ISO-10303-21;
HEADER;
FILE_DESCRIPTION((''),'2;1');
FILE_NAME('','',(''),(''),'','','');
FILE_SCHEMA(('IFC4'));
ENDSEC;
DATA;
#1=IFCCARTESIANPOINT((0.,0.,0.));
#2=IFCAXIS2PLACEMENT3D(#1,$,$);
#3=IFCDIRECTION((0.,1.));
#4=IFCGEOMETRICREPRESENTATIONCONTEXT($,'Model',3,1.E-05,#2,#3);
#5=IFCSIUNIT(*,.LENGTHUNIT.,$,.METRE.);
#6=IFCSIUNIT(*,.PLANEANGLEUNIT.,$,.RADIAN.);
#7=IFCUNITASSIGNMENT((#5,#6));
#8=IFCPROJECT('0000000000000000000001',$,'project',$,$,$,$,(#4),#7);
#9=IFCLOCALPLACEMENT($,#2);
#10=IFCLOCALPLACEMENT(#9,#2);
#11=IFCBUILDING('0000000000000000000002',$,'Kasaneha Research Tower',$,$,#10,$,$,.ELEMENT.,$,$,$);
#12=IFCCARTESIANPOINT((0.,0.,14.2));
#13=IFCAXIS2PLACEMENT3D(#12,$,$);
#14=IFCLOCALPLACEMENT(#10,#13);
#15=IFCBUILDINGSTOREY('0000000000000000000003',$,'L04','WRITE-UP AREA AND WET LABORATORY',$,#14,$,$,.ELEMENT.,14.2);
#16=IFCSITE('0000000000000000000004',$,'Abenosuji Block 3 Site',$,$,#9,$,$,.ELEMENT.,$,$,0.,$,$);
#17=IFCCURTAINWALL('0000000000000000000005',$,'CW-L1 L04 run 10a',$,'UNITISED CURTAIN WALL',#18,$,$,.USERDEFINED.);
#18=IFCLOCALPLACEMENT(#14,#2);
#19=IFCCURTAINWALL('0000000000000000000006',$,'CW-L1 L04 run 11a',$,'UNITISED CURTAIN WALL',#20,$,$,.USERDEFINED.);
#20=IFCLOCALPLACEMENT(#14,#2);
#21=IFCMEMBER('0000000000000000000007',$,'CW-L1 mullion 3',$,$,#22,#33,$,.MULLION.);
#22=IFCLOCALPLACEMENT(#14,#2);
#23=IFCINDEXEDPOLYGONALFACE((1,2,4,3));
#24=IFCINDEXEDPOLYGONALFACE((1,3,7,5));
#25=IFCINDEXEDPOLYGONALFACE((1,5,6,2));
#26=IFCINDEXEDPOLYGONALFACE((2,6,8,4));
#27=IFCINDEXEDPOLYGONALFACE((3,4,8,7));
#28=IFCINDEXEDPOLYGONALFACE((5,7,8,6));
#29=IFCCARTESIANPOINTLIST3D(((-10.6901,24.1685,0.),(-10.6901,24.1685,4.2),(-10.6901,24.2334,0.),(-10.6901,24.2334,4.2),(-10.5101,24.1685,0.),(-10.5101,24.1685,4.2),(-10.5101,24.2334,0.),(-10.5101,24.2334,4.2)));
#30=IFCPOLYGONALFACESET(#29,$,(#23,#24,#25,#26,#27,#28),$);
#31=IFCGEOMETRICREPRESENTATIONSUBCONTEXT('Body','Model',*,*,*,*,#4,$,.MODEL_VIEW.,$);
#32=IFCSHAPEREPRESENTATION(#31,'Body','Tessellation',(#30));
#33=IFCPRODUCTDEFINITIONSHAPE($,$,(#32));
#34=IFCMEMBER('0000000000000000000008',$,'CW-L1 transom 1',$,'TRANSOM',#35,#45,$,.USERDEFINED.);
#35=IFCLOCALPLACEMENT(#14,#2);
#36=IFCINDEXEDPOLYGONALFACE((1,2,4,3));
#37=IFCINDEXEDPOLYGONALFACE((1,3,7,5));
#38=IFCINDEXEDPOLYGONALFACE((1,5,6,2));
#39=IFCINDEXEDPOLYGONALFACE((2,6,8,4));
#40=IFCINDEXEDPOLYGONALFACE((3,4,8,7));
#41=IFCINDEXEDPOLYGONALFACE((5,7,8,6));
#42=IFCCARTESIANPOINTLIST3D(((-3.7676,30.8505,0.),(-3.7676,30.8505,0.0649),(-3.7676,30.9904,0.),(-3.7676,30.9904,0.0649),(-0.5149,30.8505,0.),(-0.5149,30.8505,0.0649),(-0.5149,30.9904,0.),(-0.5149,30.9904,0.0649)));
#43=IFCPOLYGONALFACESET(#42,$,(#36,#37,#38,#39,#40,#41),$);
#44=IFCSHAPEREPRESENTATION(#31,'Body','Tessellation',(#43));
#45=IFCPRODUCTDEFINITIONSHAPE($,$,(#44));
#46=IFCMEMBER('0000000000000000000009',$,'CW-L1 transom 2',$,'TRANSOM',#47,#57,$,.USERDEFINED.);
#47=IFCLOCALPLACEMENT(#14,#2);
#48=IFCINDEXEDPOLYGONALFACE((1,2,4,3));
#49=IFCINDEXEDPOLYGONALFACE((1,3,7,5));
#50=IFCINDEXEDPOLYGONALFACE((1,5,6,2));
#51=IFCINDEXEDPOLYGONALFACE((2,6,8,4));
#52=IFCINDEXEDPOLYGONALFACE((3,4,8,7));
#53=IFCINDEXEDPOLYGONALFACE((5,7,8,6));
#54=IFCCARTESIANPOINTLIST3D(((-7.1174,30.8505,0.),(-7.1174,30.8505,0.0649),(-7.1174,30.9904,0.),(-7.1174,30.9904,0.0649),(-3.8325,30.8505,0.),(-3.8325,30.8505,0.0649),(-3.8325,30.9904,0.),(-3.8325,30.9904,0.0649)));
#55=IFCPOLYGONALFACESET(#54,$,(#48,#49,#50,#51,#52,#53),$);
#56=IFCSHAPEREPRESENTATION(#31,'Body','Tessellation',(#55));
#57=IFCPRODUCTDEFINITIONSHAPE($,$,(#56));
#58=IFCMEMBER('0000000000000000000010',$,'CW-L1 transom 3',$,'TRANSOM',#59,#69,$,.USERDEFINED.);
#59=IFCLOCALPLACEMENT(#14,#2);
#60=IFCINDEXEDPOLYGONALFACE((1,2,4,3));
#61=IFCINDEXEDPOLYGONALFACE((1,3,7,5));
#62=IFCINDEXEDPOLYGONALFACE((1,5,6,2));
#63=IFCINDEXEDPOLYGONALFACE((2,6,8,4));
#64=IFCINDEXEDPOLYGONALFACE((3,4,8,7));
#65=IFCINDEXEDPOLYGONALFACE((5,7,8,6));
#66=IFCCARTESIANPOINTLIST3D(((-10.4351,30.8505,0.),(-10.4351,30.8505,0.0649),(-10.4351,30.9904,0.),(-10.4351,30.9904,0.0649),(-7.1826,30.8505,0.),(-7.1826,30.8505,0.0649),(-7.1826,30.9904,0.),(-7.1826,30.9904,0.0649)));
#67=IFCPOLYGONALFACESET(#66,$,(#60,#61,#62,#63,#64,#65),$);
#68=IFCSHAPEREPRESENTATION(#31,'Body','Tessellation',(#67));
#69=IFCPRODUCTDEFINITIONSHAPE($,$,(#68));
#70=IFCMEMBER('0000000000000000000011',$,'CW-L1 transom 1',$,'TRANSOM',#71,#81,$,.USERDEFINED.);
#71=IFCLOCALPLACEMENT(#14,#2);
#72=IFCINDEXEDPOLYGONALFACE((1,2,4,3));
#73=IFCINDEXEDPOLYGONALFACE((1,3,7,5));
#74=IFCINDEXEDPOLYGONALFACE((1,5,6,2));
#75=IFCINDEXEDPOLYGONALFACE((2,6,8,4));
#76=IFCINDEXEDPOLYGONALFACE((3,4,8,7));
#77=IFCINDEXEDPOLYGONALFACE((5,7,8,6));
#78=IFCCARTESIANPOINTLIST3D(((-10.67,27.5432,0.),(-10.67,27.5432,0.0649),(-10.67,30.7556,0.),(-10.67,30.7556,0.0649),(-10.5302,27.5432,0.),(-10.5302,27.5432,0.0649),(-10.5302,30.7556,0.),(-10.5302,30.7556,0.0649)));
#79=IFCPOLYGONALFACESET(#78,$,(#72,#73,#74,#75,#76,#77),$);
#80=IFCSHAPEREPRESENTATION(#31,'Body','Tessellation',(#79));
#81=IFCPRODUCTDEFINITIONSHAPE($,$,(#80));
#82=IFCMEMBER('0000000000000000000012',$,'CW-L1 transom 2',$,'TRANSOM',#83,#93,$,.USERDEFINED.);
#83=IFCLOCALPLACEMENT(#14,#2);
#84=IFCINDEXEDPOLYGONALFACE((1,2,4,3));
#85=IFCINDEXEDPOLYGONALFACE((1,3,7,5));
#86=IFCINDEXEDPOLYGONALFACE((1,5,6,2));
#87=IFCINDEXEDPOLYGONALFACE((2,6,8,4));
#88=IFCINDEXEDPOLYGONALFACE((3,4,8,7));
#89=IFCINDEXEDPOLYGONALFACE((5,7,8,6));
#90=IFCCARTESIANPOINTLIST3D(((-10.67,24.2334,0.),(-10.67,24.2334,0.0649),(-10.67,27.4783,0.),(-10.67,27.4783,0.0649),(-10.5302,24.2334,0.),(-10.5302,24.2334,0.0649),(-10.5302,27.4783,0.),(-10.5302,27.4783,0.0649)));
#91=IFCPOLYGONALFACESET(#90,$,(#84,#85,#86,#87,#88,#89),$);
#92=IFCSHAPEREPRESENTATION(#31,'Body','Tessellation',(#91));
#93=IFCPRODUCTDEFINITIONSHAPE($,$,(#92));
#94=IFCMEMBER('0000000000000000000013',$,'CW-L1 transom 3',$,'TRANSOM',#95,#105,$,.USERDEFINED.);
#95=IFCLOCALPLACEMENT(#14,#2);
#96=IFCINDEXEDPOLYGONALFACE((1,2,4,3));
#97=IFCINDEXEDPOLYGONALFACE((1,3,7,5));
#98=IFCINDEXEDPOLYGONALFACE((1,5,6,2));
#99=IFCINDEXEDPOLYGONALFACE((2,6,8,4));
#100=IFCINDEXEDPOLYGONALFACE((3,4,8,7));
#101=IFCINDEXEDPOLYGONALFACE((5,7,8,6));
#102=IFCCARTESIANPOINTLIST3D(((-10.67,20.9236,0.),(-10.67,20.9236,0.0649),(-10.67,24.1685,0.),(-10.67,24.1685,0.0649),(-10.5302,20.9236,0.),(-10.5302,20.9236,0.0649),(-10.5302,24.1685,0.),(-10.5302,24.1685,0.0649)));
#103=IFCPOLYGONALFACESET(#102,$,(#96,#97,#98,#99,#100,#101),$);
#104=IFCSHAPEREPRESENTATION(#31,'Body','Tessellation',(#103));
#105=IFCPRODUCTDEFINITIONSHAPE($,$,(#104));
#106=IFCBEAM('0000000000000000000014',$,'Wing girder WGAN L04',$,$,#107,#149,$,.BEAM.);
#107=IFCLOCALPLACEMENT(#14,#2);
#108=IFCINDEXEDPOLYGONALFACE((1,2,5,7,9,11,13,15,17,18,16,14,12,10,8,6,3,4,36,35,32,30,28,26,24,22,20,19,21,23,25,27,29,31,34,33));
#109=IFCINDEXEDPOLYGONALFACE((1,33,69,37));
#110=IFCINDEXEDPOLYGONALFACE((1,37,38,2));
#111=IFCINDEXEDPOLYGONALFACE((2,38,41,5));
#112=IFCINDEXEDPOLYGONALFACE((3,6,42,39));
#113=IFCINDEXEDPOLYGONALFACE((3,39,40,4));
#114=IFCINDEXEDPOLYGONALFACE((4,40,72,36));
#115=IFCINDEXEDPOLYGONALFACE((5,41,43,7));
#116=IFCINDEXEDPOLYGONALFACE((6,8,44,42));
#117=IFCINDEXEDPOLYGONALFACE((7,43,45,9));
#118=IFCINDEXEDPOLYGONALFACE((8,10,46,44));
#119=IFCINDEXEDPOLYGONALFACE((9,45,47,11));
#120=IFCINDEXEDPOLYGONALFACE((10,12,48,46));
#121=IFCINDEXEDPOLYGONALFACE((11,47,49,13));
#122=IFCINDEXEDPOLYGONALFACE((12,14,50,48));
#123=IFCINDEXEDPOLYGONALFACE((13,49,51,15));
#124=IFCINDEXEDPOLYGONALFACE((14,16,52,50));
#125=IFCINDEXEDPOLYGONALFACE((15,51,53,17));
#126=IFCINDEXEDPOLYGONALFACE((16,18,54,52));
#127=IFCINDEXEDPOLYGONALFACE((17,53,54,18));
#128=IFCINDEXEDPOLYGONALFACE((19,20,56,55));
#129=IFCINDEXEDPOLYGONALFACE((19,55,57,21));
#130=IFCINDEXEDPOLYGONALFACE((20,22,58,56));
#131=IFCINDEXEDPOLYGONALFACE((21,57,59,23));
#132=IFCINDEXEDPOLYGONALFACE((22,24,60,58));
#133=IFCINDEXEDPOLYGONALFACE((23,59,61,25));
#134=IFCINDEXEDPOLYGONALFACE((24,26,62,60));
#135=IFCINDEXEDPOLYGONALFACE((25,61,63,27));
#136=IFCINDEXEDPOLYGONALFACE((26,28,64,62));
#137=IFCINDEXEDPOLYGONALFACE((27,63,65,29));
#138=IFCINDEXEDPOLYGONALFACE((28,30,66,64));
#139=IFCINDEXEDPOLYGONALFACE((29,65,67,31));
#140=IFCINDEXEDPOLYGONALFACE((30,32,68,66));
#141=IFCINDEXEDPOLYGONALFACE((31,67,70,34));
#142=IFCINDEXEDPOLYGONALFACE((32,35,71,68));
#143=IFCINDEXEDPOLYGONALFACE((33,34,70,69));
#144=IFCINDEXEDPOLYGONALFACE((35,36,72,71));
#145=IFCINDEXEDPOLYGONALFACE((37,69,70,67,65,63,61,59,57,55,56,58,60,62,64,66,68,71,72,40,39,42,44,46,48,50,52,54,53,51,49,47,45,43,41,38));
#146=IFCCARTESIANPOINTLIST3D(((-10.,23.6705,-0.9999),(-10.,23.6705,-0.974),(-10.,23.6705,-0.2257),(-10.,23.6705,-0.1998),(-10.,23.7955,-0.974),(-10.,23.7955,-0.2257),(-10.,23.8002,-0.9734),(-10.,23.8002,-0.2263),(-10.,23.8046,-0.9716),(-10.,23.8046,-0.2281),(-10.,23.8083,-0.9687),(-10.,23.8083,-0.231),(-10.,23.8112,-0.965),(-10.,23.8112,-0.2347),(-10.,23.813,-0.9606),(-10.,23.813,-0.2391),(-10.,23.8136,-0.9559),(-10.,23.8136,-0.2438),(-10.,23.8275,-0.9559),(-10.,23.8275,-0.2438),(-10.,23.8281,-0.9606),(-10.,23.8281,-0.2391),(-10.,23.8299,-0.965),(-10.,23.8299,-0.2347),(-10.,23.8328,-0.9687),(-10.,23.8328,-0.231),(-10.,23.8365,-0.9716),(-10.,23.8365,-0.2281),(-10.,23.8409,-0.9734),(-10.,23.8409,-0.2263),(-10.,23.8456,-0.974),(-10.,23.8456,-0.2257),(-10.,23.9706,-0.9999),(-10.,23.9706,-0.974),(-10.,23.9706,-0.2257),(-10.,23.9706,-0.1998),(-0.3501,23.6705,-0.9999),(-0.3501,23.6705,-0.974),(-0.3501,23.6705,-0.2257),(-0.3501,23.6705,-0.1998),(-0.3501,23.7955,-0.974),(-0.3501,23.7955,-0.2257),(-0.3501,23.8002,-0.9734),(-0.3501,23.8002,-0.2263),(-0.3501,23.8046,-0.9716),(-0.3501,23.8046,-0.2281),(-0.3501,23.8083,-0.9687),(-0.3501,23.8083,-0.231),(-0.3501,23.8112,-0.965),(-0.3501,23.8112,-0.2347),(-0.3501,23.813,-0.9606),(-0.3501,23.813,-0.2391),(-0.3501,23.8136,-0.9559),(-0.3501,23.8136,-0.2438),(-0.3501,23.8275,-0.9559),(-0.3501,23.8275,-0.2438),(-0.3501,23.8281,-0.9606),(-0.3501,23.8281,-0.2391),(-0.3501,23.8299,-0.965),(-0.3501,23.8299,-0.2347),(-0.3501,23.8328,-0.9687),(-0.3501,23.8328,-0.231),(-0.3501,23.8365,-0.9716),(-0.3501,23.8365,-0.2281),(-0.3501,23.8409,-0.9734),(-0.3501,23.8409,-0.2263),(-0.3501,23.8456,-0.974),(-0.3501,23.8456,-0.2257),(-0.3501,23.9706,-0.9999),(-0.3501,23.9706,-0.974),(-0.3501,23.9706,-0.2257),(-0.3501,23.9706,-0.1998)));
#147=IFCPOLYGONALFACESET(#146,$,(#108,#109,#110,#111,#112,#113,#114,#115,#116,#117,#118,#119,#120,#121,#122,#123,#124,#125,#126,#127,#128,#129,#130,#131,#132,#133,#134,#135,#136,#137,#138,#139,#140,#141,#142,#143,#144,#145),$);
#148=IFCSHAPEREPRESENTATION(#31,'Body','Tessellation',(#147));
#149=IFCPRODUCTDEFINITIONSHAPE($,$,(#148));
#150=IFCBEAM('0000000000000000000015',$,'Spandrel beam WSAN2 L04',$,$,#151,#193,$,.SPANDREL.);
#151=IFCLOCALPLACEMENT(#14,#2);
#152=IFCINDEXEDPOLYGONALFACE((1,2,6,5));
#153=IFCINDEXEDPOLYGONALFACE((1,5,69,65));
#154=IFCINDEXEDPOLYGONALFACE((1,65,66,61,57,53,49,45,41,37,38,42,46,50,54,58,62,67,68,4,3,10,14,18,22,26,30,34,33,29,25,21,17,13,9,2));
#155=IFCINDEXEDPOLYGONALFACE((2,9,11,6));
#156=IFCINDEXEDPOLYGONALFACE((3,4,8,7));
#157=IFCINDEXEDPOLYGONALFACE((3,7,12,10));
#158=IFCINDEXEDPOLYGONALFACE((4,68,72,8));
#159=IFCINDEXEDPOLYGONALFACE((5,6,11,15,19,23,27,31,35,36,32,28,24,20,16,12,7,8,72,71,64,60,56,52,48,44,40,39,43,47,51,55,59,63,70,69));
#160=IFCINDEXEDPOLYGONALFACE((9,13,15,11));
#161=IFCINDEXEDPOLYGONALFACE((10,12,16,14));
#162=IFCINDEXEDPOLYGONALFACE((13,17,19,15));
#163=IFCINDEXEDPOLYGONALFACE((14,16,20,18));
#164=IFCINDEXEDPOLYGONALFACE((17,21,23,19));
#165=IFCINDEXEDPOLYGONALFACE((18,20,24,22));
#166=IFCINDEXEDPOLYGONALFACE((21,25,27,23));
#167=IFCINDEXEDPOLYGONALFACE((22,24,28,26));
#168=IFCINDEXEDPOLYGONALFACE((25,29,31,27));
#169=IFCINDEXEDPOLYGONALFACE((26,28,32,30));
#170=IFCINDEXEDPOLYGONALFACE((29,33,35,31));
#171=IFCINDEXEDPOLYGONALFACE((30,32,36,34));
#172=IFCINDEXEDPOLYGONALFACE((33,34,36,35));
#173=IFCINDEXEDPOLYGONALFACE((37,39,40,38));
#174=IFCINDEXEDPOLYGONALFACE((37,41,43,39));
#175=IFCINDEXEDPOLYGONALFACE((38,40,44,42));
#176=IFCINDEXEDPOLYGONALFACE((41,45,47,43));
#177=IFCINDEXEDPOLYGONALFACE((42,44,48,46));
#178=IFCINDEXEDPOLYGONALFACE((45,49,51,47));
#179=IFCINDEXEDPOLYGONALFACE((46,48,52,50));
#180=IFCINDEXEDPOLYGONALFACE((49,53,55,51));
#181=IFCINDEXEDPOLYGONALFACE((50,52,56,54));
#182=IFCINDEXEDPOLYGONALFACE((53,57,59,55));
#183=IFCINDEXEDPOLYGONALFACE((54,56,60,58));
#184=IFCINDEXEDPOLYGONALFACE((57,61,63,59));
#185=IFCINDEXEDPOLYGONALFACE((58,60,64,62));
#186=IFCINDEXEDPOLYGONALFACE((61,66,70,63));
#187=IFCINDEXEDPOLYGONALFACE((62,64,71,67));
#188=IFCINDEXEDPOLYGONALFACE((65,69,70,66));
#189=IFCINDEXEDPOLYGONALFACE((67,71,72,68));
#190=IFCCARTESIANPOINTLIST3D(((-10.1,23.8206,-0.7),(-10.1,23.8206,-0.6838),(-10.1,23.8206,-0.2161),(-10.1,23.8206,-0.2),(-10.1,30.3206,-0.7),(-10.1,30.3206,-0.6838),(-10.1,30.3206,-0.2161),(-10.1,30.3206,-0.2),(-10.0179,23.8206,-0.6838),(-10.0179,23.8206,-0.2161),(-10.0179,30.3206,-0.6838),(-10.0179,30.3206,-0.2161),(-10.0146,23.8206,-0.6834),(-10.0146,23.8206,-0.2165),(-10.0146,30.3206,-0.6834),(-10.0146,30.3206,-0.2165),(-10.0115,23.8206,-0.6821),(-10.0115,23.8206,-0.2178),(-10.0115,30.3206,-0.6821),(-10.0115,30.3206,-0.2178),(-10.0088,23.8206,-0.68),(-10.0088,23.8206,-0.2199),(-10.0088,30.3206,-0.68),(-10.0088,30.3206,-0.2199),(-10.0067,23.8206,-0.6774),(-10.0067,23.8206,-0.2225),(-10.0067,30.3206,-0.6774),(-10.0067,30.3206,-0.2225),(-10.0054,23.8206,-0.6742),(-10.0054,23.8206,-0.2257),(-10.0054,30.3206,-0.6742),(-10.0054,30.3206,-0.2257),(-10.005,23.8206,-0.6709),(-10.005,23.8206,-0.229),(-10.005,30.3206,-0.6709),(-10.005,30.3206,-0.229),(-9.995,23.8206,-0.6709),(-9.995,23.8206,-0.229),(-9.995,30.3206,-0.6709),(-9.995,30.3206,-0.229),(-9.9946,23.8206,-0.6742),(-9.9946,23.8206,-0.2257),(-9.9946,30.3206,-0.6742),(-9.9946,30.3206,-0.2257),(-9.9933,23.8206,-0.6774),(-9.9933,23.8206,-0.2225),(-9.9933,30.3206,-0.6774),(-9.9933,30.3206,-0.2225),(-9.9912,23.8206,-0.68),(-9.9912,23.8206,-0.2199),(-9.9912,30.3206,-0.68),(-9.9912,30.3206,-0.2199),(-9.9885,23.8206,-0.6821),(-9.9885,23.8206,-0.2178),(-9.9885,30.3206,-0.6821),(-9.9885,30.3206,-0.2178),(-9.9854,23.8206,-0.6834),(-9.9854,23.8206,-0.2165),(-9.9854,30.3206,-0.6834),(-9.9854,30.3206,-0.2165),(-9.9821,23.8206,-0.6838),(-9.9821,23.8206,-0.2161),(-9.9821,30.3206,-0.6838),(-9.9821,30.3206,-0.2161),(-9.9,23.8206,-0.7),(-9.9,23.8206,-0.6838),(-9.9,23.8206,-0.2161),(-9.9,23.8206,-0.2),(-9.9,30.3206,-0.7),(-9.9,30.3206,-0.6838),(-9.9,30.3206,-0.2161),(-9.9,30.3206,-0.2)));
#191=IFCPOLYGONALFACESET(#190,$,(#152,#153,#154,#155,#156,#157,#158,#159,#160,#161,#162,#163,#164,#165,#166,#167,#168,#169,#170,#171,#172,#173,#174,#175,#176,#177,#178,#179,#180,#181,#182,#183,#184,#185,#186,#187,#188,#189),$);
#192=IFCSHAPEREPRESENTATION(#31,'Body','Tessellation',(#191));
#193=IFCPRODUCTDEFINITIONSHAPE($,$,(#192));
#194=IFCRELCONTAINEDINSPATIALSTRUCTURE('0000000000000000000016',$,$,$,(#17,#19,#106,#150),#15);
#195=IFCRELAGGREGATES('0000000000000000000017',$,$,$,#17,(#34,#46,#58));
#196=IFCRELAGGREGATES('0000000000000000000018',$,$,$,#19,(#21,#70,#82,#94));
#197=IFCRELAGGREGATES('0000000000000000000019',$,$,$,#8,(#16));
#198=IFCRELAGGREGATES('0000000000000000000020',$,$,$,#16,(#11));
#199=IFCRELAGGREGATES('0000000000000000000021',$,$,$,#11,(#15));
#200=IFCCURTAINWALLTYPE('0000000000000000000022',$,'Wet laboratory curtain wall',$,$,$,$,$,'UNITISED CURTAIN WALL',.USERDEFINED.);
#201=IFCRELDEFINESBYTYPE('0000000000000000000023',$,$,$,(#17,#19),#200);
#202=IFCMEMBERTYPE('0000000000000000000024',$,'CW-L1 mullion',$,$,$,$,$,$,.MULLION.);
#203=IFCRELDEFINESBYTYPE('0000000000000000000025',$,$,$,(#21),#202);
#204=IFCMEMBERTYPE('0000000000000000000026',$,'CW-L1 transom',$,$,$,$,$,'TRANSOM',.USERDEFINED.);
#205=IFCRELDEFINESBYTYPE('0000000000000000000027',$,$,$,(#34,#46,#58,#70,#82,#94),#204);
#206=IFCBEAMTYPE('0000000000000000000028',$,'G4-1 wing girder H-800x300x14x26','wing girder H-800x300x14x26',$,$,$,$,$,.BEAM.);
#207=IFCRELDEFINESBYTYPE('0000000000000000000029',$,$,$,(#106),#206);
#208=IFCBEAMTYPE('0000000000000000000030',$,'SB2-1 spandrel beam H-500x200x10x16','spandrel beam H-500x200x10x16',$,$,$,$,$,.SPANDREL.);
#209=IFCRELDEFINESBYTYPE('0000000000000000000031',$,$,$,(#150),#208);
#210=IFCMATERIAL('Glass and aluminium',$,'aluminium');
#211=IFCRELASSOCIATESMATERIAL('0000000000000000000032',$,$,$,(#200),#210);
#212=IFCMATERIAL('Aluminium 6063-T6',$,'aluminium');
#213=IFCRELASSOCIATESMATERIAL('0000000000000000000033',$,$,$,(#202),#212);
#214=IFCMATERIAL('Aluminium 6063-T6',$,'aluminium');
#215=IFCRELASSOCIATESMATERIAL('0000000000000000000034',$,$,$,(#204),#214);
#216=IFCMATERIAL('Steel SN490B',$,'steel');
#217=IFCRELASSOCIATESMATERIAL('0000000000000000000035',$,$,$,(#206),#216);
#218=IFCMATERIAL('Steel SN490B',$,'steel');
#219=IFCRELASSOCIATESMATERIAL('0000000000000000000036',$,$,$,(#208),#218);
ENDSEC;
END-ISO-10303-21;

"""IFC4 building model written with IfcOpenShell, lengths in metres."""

from ifc_helpers import new_model, si_unit, direction, frame, origin, origin_2d, place, context, subcontext, project, spatial, rectangle, i_section, extrude, material, material_profile, profile_set, type_object, element, aggregate, save


model = new_model("IFC4")

# Units and contexts
model_context = context("Model", 3, precision=1e-05, world=origin(), true_north=direction((0.0, 1.0)))
body_context = subcontext(model_context, "Body", "Model", "MODEL_VIEW")
ifc_project = project(units=[si_unit("LENGTHUNIT", "METRE"), si_unit("PLANEANGLEUNIT", "RADIAN")], contexts=[model_context])

# Site, building, storey
site_placement = place(None, origin())
site = spatial("IfcSite", under=ifc_project, at=site_placement, Name="Abenosuji Block 3 Site", CompositionType="ELEMENT", RefElevation=0.0)
building_placement = place(site_placement, origin())
building = spatial("IfcBuilding", under=site, at=building_placement, Name="Kasaneha Research Tower", CompositionType="ELEMENT")
storey_placement = place(building_placement, frame((0.0, 0.0, 14.2)))
storey = spatial("IfcBuildingStorey", under=building, at=storey_placement, Name="L04", Description="WRITE-UP AREA AND WET LABORATORY", CompositionType="ELEMENT", Elevation=14.2)

# Curtain walls, member
ifc_material_1 = material(Name="Glass and aluminium", Category="aluminium")
curtain_wall_type = type_object("IfcCurtainWallType", Name="Wet laboratory curtain wall", ElementType="UNITISED CURTAIN WALL", PredefinedType="USERDEFINED", material=ifc_material_1)
curtain_wall_1_placement = place(storey_placement, origin())
curtain_wall_1 = element("IfcCurtainWall", 1, at=curtain_wall_1_placement, inside=storey, type_object=curtain_wall_type, Name="CW-L1 L04 run 10a", ObjectType="UNITISED CURTAIN WALL", PredefinedType="USERDEFINED")
ifc_material_2 = material(Name="Aluminium 6063-T6", Category="aluminium")
ifc_material_profile_1 = material_profile(ifc_material_2, rectangle(XDim=0.0649, YDim=0.1799, at=origin_2d()), Name="CW-L1 mullion 65x180")
ifc_profile_set_1 = profile_set([ifc_material_profile_1], Name="Aluminium 6063-T6")
member_type_1 = type_object("IfcMemberType", Name="CW-L1 mullion", PredefinedType="MULLION", material=ifc_profile_set_1)
curtain_wall_2_placement = place(storey_placement, origin())
curtain_wall_2 = element("IfcCurtainWall", 2, at=curtain_wall_2_placement, inside=storey, type_object=curtain_wall_type, Name="CW-L1 L04 run 11a", ObjectType="UNITISED CURTAIN WALL", PredefinedType="USERDEFINED")
member_1_placement = place(storey_placement, frame((-10.6001, 24.2009, 0.0), z_axis=(0.0, 0.0, 1.0), x_axis=(0.0, -1.0, 0.0)))
member_1 = element("IfcMember", 3, at=member_1_placement, type_object=member_type_1, Name="CW-L1 mullion 3", PredefinedType="MULLION", context=body_context, shape_type="SweptSolid", body=[
    extrude(rectangle(XDim=0.0649, YDim=0.1799, at=origin_2d()), origin(), (0.0, 0.0, 1.0), 4.2),
])

# Members
ifc_material_3 = material(Name="Aluminium 6063-T6", Category="aluminium")
ifc_material_profile_2 = material_profile(ifc_material_3, rectangle(XDim=0.1399, YDim=0.0649, at=origin_2d()), Name="CW-L1 transom 140x65")
ifc_profile_set_2 = profile_set([ifc_material_profile_2], Name="Aluminium 6063-T6")
member_type_2 = type_object("IfcMemberType", Name="CW-L1 transom", ElementType="TRANSOM", PredefinedType="USERDEFINED", material=ifc_profile_set_2)
member_2_placement = place(storey_placement, frame((-0.5149, 30.9204, 0.0325), z_axis=(-1.0, 0.0, 0.0), x_axis=(0.0, -1.0, 0.0)))
member_2 = element("IfcMember", 4, at=member_2_placement, type_object=member_type_2, Name="CW-L1 transom 1", ObjectType="TRANSOM", PredefinedType="USERDEFINED", context=body_context, shape_type="SweptSolid", body=[
    extrude(rectangle(XDim=0.1399, YDim=0.0649, at=origin_2d()), origin(), (0.0, 0.0, 1.0), 3.2527),
])
member_3_placement = place(storey_placement, frame((-3.8325, 30.9204, 0.0325), z_axis=(-1.0, 0.0, 0.0), x_axis=(0.0, -1.0, 0.0)))
member_3 = element("IfcMember", 5, at=member_3_placement, type_object=member_type_2, Name="CW-L1 transom 2", ObjectType="TRANSOM", PredefinedType="USERDEFINED", context=body_context, shape_type="SweptSolid", body=[
    extrude(rectangle(XDim=0.1399, YDim=0.0649, at=origin_2d()), origin(), (0.0, 0.0, 1.0), 3.2849),
])
member_4_placement = place(storey_placement, frame((-7.1826, 30.9204, 0.0325), z_axis=(-1.0, 0.0, 0.0), x_axis=(0.0, -1.0, 0.0)))
member_4 = element("IfcMember", 6, at=member_4_placement, type_object=member_type_2, Name="CW-L1 transom 3", ObjectType="TRANSOM", PredefinedType="USERDEFINED", context=body_context, shape_type="SweptSolid", body=[
    extrude(rectangle(XDim=0.1399, YDim=0.0649, at=origin_2d()), origin(), (0.0, 0.0, 1.0), 3.2524),
])
member_5_placement = place(storey_placement, frame((-10.6001, 30.7556, 0.0325), z_axis=(0.0, -1.0, 0.0), x_axis=(1.0, 0.0, 0.0)))
member_5 = element("IfcMember", 7, at=member_5_placement, type_object=member_type_2, Name="CW-L1 transom 1", ObjectType="TRANSOM", PredefinedType="USERDEFINED", context=body_context, shape_type="SweptSolid", body=[
    extrude(rectangle(XDim=0.1399, YDim=0.0649, at=origin_2d()), origin(), (0.0, 0.0, 1.0), 3.2124),
])
member_6_placement = place(storey_placement, frame((-10.6001, 27.4783, 0.0325), z_axis=(0.0, -1.0, 0.0), x_axis=(1.0, 0.0, 0.0)))
member_6 = element("IfcMember", 8, at=member_6_placement, type_object=member_type_2, Name="CW-L1 transom 2", ObjectType="TRANSOM", PredefinedType="USERDEFINED", context=body_context, shape_type="SweptSolid", body=[
    extrude(rectangle(XDim=0.1399, YDim=0.0649, at=origin_2d()), origin(), (0.0, 0.0, 1.0), 3.2449),
])
member_7_placement = place(storey_placement, frame((-10.6001, 24.1685, 0.0325), z_axis=(0.0, -1.0, 0.0), x_axis=(1.0, 0.0, 0.0)))
member_7 = element("IfcMember", 9, at=member_7_placement, type_object=member_type_2, Name="CW-L1 transom 3", ObjectType="TRANSOM", PredefinedType="USERDEFINED", context=body_context, shape_type="SweptSolid", body=[
    extrude(rectangle(XDim=0.1399, YDim=0.0649, at=origin_2d()), origin(), (0.0, 0.0, 1.0), 3.2449),
])

# Beams
ifc_material_4 = material(Name="Steel SN490B", Category="steel")
ifc_material_profile_3 = material_profile(ifc_material_4, i_section(OverallWidth=0.3, OverallDepth=0.8, WebThickness=0.0139, FlangeThickness=0.0259, FilletRadius=0.0181, at=origin_2d()), Name="H-800x300x14x26")
ifc_profile_set_3 = profile_set([ifc_material_profile_3], Name="Steel SN490B")
beam_type_1 = type_object("IfcBeamType", Name="G4-1 wing girder H-800x300x14x26", Description="wing girder H-800x300x14x26", PredefinedType="BEAM", material=ifc_profile_set_3)
beam_1_placement = place(storey_placement, frame((-10.0, 23.8206, -0.5999), z_axis=(1.0, 0.0, 0.0), x_axis=(0.0, 1.0, 0.0)))
element("IfcBeam", 10, at=beam_1_placement, inside=storey, type_object=beam_type_1, Name="Wing girder WGAN L04", PredefinedType="BEAM", context=body_context, shape_type="SweptSolid", body=[
    extrude(i_section(OverallWidth=0.3, OverallDepth=0.8, WebThickness=0.0139, FlangeThickness=0.0259, FilletRadius=0.0181, at=origin_2d()), origin(), (0.0, 0.0, 1.0), 9.6499),
])
ifc_material_5 = material(Name="Steel SN490B", Category="steel")
ifc_material_profile_4 = material_profile(ifc_material_5, i_section(OverallWidth=0.2, OverallDepth=0.5, WebThickness=0.01, FlangeThickness=0.0161, FilletRadius=0.0129, at=origin_2d()), Name="H-500x200x10x16")
ifc_profile_set_4 = profile_set([ifc_material_profile_4], Name="Steel SN490B")
beam_type_2 = type_object("IfcBeamType", Name="SB2-1 spandrel beam H-500x200x10x16", Description="spandrel beam H-500x200x10x16", PredefinedType="SPANDREL", material=ifc_profile_set_4)
beam_2_placement = place(storey_placement, frame((-10.0, 23.8206, -0.45), z_axis=(0.0, 1.0, 0.0), x_axis=(-1.0, 0.0, 0.0)))
element("IfcBeam", 11, at=beam_2_placement, inside=storey, type_object=beam_type_2, Name="Spandrel beam WSAN2 L04", PredefinedType="SPANDREL", context=body_context, shape_type="SweptSolid", body=[
    extrude(i_section(OverallWidth=0.2, OverallDepth=0.5, WebThickness=0.01, FlangeThickness=0.0161, FilletRadius=0.0129, at=origin_2d()), origin(), (0.0, 0.0, 1.0), 6.5),
])

aggregate(curtain_wall_1, [member_2, member_3, member_4])
aggregate(curtain_wall_2, [member_1, member_5, member_6, member_7])

save(model, "model.ifc")
